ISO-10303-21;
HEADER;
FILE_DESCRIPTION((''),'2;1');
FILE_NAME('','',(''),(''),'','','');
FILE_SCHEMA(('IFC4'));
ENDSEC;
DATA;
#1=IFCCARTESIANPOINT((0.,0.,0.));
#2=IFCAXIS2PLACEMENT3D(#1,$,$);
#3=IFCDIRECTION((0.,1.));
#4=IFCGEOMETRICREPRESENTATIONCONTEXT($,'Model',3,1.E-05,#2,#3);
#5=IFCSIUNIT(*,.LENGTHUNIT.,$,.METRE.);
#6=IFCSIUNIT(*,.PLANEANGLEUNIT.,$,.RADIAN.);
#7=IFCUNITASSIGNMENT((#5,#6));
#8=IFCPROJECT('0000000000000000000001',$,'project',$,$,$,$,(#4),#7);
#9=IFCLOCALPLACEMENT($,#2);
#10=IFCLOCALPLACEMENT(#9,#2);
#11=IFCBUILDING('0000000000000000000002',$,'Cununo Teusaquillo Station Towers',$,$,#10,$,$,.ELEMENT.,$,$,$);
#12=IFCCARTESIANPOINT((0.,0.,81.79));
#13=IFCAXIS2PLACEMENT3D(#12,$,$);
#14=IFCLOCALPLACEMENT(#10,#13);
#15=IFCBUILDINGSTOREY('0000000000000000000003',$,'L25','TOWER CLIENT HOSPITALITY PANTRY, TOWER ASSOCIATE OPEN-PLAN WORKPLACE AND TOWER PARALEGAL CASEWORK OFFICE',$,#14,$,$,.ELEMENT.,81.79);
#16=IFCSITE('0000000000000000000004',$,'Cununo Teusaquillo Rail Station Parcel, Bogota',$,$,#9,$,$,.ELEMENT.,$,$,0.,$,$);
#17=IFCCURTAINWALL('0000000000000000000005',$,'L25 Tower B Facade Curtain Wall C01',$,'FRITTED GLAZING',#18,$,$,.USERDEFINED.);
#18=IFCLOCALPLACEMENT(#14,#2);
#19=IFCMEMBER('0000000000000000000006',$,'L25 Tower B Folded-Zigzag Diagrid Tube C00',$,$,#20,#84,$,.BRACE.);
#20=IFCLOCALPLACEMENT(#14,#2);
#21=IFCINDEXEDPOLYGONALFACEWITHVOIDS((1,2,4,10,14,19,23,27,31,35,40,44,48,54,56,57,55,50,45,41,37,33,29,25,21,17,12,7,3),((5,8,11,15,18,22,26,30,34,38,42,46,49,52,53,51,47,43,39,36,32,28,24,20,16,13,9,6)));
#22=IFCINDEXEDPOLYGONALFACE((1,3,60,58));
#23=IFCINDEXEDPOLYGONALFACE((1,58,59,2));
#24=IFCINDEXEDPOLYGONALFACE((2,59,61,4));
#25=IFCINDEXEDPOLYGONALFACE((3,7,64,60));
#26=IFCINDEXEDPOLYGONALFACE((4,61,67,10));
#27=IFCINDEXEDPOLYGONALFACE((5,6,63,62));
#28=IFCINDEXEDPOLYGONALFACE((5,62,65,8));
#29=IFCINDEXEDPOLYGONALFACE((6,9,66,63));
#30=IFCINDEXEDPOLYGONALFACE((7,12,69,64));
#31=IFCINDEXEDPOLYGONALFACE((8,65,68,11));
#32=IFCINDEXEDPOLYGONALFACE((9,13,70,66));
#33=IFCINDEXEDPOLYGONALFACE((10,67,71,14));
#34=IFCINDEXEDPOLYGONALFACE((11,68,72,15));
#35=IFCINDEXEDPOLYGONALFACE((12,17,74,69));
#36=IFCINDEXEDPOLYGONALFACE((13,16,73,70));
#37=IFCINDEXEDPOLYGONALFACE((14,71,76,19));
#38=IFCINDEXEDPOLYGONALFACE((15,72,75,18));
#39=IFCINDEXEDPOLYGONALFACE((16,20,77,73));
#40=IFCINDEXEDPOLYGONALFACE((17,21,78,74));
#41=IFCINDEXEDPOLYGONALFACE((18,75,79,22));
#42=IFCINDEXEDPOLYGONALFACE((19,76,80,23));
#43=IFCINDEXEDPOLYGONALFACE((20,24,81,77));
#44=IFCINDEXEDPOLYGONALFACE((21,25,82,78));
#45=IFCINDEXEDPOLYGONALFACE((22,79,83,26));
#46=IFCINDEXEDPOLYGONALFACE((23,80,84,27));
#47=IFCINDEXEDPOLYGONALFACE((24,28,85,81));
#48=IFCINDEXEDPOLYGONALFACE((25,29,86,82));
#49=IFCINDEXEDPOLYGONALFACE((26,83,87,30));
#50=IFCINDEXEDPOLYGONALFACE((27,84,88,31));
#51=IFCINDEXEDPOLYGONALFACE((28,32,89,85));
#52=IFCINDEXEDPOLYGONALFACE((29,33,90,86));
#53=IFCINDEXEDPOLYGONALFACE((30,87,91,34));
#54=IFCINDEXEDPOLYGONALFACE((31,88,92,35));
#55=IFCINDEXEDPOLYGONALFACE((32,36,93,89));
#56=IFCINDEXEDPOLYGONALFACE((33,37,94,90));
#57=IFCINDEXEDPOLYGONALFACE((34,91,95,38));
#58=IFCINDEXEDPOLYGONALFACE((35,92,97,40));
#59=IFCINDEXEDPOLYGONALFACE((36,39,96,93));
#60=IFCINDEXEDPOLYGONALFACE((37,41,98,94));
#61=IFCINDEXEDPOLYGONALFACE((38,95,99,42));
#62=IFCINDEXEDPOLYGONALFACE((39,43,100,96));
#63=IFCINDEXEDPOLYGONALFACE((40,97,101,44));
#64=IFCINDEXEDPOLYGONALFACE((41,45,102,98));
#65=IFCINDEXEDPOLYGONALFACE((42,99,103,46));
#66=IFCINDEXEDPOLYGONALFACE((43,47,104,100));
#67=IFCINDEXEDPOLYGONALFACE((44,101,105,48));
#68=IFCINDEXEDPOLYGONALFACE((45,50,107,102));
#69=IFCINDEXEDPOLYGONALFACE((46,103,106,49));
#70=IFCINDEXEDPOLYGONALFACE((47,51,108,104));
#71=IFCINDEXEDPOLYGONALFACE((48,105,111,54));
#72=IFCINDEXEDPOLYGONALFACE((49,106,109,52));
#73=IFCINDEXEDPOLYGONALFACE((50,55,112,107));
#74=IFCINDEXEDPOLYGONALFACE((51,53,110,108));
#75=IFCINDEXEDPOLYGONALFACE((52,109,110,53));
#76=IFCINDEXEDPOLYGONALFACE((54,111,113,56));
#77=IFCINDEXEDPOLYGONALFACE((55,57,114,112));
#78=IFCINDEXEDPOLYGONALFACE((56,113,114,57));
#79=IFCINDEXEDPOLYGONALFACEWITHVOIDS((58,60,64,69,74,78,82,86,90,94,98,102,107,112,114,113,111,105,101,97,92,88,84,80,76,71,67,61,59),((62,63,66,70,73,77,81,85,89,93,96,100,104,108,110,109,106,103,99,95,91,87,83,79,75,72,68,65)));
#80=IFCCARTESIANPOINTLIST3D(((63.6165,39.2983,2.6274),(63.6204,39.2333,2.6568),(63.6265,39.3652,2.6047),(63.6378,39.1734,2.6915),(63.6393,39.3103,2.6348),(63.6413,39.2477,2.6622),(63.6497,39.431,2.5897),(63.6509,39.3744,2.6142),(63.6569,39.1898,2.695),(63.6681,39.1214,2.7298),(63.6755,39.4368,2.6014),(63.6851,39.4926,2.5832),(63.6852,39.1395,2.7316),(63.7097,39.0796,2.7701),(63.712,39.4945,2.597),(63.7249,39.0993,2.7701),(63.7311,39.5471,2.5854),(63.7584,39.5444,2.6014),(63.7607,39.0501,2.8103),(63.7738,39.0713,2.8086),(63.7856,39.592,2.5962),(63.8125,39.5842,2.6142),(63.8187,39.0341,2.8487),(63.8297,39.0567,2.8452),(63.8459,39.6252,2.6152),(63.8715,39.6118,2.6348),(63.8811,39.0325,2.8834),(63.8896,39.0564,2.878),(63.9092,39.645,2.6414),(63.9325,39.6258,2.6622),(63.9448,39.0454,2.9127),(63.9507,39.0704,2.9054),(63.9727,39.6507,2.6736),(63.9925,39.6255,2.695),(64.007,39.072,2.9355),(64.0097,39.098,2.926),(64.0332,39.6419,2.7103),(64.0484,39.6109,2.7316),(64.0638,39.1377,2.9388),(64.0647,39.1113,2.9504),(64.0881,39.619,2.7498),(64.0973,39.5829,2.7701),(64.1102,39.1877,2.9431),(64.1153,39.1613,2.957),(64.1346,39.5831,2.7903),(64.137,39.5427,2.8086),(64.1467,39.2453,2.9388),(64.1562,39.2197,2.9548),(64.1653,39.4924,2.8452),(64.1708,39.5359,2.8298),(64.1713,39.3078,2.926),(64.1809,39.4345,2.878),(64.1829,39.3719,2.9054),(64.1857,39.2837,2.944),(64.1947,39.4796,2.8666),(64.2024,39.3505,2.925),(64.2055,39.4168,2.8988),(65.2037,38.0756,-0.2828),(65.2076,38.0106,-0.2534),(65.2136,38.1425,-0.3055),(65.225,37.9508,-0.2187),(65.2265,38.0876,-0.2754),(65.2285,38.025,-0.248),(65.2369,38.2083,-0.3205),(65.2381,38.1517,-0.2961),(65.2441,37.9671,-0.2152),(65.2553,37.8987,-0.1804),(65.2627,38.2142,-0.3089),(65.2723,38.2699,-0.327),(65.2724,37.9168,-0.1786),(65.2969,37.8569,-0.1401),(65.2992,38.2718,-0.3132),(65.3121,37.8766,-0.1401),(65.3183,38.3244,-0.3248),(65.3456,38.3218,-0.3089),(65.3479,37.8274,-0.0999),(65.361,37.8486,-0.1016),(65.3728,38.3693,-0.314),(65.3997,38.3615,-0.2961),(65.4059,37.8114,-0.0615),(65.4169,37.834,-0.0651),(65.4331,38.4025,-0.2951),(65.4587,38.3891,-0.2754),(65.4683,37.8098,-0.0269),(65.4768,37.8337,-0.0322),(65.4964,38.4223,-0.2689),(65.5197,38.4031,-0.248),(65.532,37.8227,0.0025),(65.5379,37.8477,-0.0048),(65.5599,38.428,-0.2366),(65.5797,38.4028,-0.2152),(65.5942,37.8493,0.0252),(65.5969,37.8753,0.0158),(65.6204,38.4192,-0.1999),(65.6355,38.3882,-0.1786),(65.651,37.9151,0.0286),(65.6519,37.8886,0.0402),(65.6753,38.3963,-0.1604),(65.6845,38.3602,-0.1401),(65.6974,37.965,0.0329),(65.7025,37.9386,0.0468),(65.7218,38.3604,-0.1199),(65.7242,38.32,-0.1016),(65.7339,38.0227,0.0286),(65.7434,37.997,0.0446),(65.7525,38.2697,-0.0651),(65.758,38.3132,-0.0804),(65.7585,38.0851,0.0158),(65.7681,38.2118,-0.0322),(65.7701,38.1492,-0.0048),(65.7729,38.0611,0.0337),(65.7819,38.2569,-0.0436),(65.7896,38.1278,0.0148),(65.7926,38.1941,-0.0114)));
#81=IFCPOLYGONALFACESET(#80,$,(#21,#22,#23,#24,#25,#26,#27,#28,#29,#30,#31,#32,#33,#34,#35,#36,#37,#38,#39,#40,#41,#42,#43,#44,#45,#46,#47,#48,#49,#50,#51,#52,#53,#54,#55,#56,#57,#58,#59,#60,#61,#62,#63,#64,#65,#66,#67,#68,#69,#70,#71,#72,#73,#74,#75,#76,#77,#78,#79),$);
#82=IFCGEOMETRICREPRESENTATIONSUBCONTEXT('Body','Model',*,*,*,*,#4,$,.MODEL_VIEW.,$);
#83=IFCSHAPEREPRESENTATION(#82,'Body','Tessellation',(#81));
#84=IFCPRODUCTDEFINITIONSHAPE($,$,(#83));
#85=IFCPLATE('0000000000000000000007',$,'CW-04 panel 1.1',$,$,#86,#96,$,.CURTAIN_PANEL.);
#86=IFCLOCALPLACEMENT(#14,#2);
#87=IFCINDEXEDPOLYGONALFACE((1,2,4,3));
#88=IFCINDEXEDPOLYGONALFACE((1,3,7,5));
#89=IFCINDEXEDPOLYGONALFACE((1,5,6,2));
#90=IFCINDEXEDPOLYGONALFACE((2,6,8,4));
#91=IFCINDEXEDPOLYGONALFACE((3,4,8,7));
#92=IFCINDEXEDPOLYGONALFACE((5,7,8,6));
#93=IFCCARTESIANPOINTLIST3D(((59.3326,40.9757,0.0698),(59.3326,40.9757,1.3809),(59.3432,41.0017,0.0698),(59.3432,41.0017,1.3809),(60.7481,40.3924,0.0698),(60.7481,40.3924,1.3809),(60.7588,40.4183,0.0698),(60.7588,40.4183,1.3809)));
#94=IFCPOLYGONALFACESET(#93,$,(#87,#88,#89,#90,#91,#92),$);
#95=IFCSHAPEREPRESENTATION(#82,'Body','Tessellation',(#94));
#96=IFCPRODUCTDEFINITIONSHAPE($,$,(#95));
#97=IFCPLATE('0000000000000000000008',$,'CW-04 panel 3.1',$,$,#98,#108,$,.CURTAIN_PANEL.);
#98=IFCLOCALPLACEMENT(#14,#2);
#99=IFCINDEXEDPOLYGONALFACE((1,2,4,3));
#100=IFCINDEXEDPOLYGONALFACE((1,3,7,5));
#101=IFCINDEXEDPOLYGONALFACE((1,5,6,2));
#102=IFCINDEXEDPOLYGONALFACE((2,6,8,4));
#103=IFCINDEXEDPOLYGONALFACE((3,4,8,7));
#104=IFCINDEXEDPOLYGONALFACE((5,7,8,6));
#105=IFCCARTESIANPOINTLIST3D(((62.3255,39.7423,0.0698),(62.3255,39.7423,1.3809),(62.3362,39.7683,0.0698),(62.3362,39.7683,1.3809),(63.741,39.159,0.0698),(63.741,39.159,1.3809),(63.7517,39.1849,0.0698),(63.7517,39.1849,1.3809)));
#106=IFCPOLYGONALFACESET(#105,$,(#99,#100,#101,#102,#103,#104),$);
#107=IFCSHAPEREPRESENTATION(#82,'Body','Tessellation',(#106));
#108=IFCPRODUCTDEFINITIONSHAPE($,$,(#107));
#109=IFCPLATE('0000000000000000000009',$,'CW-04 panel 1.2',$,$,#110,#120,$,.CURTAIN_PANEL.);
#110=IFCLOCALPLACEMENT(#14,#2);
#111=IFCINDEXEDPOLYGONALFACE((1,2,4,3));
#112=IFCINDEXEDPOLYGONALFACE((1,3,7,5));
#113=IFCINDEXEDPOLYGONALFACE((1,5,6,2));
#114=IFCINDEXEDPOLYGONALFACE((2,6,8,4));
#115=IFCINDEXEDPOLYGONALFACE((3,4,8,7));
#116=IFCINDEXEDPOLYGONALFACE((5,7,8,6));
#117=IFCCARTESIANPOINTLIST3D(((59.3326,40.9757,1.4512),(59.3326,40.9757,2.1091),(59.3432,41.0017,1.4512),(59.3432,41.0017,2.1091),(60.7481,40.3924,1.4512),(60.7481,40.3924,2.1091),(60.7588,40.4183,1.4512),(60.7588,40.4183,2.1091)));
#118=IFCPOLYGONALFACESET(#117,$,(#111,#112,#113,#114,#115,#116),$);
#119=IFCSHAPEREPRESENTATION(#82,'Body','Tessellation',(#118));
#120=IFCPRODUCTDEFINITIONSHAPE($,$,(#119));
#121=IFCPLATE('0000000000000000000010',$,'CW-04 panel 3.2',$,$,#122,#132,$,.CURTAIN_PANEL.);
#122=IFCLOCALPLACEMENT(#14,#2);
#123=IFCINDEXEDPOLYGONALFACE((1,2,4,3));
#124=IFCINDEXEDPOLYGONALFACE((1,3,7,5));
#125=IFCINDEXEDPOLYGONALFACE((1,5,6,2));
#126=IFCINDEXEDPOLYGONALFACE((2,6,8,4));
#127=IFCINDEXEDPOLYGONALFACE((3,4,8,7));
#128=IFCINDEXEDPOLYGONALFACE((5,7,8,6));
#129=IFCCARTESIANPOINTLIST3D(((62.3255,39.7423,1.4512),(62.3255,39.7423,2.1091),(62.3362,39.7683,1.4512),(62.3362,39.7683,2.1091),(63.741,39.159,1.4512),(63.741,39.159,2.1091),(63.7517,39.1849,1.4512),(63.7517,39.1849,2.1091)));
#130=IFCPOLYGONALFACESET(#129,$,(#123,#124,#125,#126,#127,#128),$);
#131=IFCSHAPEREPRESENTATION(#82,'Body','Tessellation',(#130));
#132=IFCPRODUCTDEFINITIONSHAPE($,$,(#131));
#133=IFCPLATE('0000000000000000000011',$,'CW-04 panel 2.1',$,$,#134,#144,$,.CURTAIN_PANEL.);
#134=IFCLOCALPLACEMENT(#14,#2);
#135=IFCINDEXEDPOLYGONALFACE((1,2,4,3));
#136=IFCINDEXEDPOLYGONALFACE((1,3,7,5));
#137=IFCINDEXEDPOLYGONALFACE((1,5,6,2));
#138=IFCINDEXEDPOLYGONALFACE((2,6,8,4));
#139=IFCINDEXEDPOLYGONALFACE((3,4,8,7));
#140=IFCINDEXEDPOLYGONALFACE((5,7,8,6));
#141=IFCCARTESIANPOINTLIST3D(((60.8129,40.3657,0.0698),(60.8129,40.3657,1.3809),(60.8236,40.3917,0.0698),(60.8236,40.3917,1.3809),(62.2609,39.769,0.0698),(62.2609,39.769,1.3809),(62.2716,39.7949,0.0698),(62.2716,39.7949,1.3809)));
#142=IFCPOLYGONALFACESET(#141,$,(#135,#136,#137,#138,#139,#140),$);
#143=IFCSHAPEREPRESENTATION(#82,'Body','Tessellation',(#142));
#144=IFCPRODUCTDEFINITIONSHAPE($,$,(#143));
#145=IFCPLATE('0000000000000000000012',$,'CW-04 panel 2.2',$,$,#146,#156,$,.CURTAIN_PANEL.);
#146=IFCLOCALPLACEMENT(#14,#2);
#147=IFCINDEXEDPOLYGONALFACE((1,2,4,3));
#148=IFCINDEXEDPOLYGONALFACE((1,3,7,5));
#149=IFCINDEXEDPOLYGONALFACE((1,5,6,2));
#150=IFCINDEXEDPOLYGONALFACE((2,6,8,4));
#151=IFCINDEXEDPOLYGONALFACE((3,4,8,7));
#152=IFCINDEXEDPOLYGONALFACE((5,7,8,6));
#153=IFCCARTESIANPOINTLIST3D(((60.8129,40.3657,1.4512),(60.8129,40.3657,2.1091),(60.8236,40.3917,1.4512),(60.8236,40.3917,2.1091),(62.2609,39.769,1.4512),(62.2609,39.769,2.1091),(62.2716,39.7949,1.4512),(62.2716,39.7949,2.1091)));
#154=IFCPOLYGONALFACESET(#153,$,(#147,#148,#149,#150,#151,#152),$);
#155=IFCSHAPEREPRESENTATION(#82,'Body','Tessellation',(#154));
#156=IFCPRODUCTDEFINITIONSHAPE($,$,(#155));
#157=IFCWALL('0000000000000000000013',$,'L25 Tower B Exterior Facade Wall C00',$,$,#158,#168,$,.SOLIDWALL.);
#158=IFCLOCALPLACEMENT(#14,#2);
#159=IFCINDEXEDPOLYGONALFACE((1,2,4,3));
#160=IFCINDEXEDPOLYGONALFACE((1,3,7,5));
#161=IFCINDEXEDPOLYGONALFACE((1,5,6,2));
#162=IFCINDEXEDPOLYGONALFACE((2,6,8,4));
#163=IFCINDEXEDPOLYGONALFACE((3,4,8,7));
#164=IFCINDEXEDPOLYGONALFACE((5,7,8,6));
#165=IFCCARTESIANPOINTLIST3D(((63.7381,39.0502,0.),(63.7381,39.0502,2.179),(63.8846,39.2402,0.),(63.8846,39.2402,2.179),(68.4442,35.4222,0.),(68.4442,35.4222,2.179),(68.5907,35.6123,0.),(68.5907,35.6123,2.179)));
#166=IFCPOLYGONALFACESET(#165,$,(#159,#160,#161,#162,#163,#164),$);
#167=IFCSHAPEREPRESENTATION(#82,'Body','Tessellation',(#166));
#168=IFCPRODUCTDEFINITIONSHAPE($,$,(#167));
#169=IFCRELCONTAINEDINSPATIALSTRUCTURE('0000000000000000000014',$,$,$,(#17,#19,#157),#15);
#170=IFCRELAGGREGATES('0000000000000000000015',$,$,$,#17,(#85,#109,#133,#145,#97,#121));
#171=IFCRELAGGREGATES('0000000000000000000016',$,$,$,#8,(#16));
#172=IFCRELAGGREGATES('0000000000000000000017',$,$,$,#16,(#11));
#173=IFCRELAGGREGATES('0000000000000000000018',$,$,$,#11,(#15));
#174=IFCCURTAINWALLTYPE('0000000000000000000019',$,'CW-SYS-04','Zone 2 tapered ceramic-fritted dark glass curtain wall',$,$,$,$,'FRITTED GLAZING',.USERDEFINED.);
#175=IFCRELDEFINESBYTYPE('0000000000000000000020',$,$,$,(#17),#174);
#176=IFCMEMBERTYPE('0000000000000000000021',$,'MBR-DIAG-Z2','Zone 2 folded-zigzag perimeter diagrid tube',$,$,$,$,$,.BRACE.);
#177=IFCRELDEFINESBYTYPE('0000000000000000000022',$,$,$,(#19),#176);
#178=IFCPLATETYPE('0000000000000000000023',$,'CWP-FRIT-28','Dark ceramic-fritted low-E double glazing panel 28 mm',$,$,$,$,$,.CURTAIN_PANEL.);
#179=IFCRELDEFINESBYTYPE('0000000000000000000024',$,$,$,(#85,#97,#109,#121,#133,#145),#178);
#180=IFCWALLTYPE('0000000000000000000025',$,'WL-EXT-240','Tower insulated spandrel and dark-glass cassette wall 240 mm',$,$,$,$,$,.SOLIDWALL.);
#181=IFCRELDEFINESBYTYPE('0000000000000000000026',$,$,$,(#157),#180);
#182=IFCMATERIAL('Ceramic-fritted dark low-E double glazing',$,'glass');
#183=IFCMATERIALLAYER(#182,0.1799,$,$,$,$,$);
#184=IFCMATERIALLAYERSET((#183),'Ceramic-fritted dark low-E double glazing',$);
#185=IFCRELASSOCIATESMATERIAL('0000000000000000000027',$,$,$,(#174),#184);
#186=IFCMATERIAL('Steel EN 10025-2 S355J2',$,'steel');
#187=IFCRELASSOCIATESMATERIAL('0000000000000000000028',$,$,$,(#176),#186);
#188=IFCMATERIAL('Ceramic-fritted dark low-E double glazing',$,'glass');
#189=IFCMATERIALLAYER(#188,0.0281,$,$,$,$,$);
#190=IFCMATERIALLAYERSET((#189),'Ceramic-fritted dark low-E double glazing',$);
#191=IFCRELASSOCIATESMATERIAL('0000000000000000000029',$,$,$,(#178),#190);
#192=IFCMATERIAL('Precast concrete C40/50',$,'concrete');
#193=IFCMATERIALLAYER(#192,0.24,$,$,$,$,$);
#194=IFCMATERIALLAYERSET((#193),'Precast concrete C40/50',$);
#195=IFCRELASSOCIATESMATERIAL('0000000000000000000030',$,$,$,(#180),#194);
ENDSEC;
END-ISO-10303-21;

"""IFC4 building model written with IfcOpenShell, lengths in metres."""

from ifc_helpers import new_model, si_unit, direction, frame, frame_2d, origin, origin_2d, place, context, subcontext, project, spatial, rectangle, hollow_circle, extrude, source, transform, mapped, material, layer, layer_set, material_profile, profile_set, type_object, element, aggregate, save


model = new_model("IFC4")

# Units and contexts
model_context = context("Model", 3, precision=1e-05, world=origin(), true_north=direction((0.0, 1.0)))
body_context = subcontext(model_context, "Body", "Model", "MODEL_VIEW")
ifc_project = project(units=[si_unit("LENGTHUNIT", "METRE"), si_unit("PLANEANGLEUNIT", "RADIAN")], contexts=[model_context])

# Site, building, storey
site_placement = place(None, origin())
site = spatial("IfcSite", under=ifc_project, at=site_placement, Name="Cununo Teusaquillo Rail Station Parcel, Bogota", CompositionType="ELEMENT", RefElevation=0.0)
building_placement = place(site_placement, origin())
building = spatial("IfcBuilding", under=site, at=building_placement, Name="Cununo Teusaquillo Station Towers", CompositionType="ELEMENT")
storey_placement = place(building_placement, frame((0.0, 0.0, 81.79)))
storey = spatial("IfcBuildingStorey", under=building, at=storey_placement, Name="L25", Description="TOWER CLIENT HOSPITALITY PANTRY, TOWER ASSOCIATE OPEN-PLAN WORKPLACE AND TOWER PARALEGAL CASEWORK OFFICE", CompositionType="ELEMENT", Elevation=81.79)

# Curtain wall
ifc_material_1 = material(Name="Ceramic-fritted dark low-E double glazing", Category="glass")
ifc_layer_1 = layer(ifc_material_1, 0.1799)
ifc_layer_set_1 = layer_set([ifc_layer_1], Name="Ceramic-fritted dark low-E double glazing")
curtain_wall_type = type_object("IfcCurtainWallType", Name="CW-SYS-04", Description="Zone 2 tapered ceramic-fritted dark glass curtain wall", ElementType="FRITTED GLAZING", PredefinedType="USERDEFINED", material=ifc_layer_set_1)
curtain_wall_placement = place(storey_placement, origin())
curtain_wall = element("IfcCurtainWall", 1, at=curtain_wall_placement, inside=storey, type_object=curtain_wall_type, Name="L25 Tower B Facade Curtain Wall C01", ObjectType="FRITTED GLAZING", PredefinedType="USERDEFINED")

# Member
ifc_material_2 = material(Name="Steel EN 10025-2 S355J2", Category="steel")
ifc_material_profile_1 = material_profile(ifc_material_2, hollow_circle(Radius=0.3301, WallThickness=0.0249, at=origin_2d()), Name="CHS 660x25")
ifc_profile_set_1 = profile_set([ifc_material_profile_1], Name="Steel EN 10025-2 S355J2")
member_type_1 = type_object("IfcMemberType", Name="MBR-DIAG-Z2", Description="Zone 2 folded-zigzag perimeter diagrid tube", PredefinedType="BRACE", material=ifc_profile_set_1)
member_1_placement = place(storey_placement, frame((65.4983, 38.1184, -0.1401), z_axis=(-0.449222, 0.346055, 0.823678), x_axis=(-0.610264, -0.792198, 0.0)))
element("IfcMember", 2, at=member_1_placement, inside=storey, type_object=member_type_1, Name="L25 Tower B Folded-Zigzag Diagrid Tube C00", PredefinedType="BRACE", context=body_context, shape_type="SweptSolid", body=[
    extrude(hollow_circle(Radius=0.3301, WallThickness=0.0249, at=origin_2d()), origin(), (0.0, 0.0, 1.0), 3.5332),
])

# Plates
ifc_material_3 = material(Name="Ceramic-fritted dark low-E double glazing", Category="glass")
ifc_layer_2 = layer(ifc_material_3, 0.0281)
ifc_layer_set_2 = layer_set([ifc_layer_2], Name="Ceramic-fritted dark low-E double glazing")
plate_type = type_object("IfcPlateType", Name="CWP-FRIT-28", Description="Dark ceramic-fritted low-E double glazing panel 28 mm", PredefinedType="CURTAIN_PANEL", material=ifc_layer_set_2)
shared_shape_1 = source(origin(), body_context, "Body", "SweptSolid", [
    extrude(rectangle(XDim=1.531, YDim=0.0281, at=origin_2d()), origin(), (0.0, 0.0, 1.0), 1.311),
])
plate_1_placement = place(storey_placement, frame((60.0457, 40.697, 0.0698), z_axis=(0.0, 0.0, 1.0), x_axis=(0.924562, -0.381031, 0.0)))
plate_1 = element("IfcPlate", 3, at=plate_1_placement, type_object=plate_type, Name="CW-04 panel 1.1", PredefinedType="CURTAIN_PANEL", context=body_context, shape_type="MappedRepresentation", body=[
    mapped(shared_shape_1, transform((0.0, 0.0, 0.0), x_axis=(1.0, 0.0, 0.0), y_axis=(0.0, 1.0, 0.0), z_axis=(0.0, 0.0, 1.0), scale=1.0)),
])
plate_2_placement = place(storey_placement, frame((63.0386, 39.4636, 0.0698), z_axis=(0.0, 0.0, 1.0), x_axis=(0.924562, -0.381031, 0.0)))
plate_2 = element("IfcPlate", 4, at=plate_2_placement, type_object=plate_type, Name="CW-04 panel 3.1", PredefinedType="CURTAIN_PANEL", context=body_context, shape_type="MappedRepresentation", body=[
    mapped(shared_shape_1, transform((0.0, 0.0, 0.0), x_axis=(1.0, 0.0, 0.0), y_axis=(0.0, 1.0, 0.0), z_axis=(0.0, 0.0, 1.0), scale=1.0)),
])
shared_shape_2 = source(origin(), body_context, "Body", "SweptSolid", [
    extrude(rectangle(XDim=1.531, YDim=0.0281, at=origin_2d()), origin(), (0.0, 0.0, 1.0), 0.658),
])
plate_3_placement = place(storey_placement, frame((60.0457, 40.697, 1.4512), z_axis=(0.0, 0.0, 1.0), x_axis=(0.924562, -0.381031, 0.0)))
plate_3 = element("IfcPlate", 5, at=plate_3_placement, type_object=plate_type, Name="CW-04 panel 1.2", PredefinedType="CURTAIN_PANEL", context=body_context, shape_type="MappedRepresentation", body=[
    mapped(shared_shape_2, transform((0.0, 0.0, 0.0), x_axis=(1.0, 0.0, 0.0), y_axis=(0.0, 1.0, 0.0), z_axis=(0.0, 0.0, 1.0), scale=1.0)),
])
plate_4_placement = place(storey_placement, frame((63.0386, 39.4636, 1.4512), z_axis=(0.0, 0.0, 1.0), x_axis=(0.924562, -0.381031, 0.0)))
plate_4 = element("IfcPlate", 6, at=plate_4_placement, type_object=plate_type, Name="CW-04 panel 3.2", PredefinedType="CURTAIN_PANEL", context=body_context, shape_type="MappedRepresentation", body=[
    mapped(shared_shape_2, transform((0.0, 0.0, 0.0), x_axis=(1.0, 0.0, 0.0), y_axis=(0.0, 1.0, 0.0), z_axis=(0.0, 0.0, 1.0), scale=1.0)),
])
shared_shape_3 = source(origin(), body_context, "Body", "SweptSolid", [
    extrude(rectangle(XDim=1.5662, YDim=0.0281, at=origin_2d()), origin(), (0.0, 0.0, 1.0), 1.311),
])
plate_5_placement = place(storey_placement, frame((61.5422, 40.0803, 0.0698), z_axis=(0.0, 0.0, 1.0), x_axis=(0.924562, -0.381031, 0.0)))
plate_5 = element("IfcPlate", 7, at=plate_5_placement, type_object=plate_type, Name="CW-04 panel 2.1", PredefinedType="CURTAIN_PANEL", context=body_context, shape_type="MappedRepresentation", body=[
    mapped(shared_shape_3, transform((0.0, 0.0, 0.0), x_axis=(1.0, 0.0, 0.0), y_axis=(0.0, 1.0, 0.0), z_axis=(0.0, 0.0, 1.0), scale=1.0)),
])
shared_shape_4 = source(origin(), body_context, "Body", "SweptSolid", [
    extrude(rectangle(XDim=1.5662, YDim=0.0281, at=origin_2d()), origin(), (0.0, 0.0, 1.0), 0.658),
])
plate_6_placement = place(storey_placement, frame((61.5422, 40.0803, 1.4512), z_axis=(0.0, 0.0, 1.0), x_axis=(0.924562, -0.381031, 0.0)))
plate_6 = element("IfcPlate", 8, at=plate_6_placement, type_object=plate_type, Name="CW-04 panel 2.2", PredefinedType="CURTAIN_PANEL", context=body_context, shape_type="MappedRepresentation", body=[
    mapped(shared_shape_4, transform((0.0, 0.0, 0.0), x_axis=(1.0, 0.0, 0.0), y_axis=(0.0, 1.0, 0.0), z_axis=(0.0, 0.0, 1.0), scale=1.0)),
])
aggregate(curtain_wall, [plate_1, plate_3, plate_5, plate_6, plate_2, plate_4])

# Wall
ifc_material_4 = material(Name="Precast concrete C40/50", Category="concrete")
ifc_layer_3 = layer(ifc_material_4, 0.24)
ifc_layer_set_3 = layer_set([ifc_layer_3], Name="Precast concrete C40/50")
wall_type_1 = type_object("IfcWallType", Name="WL-EXT-240", Description="Tower insulated spandrel and dark-glass cassette wall 240 mm", PredefinedType="SOLIDWALL", material=ifc_layer_set_3)
wall_1_placement = place(storey_placement, frame((63.8113, 39.1453, 0.0), z_axis=(0.0, 0.0, 1.0), x_axis=(0.791982, -0.610544, 0.0)))
element("IfcWall", 9, at=wall_1_placement, inside=storey, type_object=wall_type_1, Name="L25 Tower B Exterior Facade Wall C00", PredefinedType="SOLIDWALL", context=body_context, shape_type="SweptSolid", body=[
    extrude(rectangle(XDim=5.9421, YDim=0.24, at=frame_2d((2.9712, 0.0))), origin(), (0.0, 0.0, 1.0), 2.179),
])

save(model, "model.ifc")
